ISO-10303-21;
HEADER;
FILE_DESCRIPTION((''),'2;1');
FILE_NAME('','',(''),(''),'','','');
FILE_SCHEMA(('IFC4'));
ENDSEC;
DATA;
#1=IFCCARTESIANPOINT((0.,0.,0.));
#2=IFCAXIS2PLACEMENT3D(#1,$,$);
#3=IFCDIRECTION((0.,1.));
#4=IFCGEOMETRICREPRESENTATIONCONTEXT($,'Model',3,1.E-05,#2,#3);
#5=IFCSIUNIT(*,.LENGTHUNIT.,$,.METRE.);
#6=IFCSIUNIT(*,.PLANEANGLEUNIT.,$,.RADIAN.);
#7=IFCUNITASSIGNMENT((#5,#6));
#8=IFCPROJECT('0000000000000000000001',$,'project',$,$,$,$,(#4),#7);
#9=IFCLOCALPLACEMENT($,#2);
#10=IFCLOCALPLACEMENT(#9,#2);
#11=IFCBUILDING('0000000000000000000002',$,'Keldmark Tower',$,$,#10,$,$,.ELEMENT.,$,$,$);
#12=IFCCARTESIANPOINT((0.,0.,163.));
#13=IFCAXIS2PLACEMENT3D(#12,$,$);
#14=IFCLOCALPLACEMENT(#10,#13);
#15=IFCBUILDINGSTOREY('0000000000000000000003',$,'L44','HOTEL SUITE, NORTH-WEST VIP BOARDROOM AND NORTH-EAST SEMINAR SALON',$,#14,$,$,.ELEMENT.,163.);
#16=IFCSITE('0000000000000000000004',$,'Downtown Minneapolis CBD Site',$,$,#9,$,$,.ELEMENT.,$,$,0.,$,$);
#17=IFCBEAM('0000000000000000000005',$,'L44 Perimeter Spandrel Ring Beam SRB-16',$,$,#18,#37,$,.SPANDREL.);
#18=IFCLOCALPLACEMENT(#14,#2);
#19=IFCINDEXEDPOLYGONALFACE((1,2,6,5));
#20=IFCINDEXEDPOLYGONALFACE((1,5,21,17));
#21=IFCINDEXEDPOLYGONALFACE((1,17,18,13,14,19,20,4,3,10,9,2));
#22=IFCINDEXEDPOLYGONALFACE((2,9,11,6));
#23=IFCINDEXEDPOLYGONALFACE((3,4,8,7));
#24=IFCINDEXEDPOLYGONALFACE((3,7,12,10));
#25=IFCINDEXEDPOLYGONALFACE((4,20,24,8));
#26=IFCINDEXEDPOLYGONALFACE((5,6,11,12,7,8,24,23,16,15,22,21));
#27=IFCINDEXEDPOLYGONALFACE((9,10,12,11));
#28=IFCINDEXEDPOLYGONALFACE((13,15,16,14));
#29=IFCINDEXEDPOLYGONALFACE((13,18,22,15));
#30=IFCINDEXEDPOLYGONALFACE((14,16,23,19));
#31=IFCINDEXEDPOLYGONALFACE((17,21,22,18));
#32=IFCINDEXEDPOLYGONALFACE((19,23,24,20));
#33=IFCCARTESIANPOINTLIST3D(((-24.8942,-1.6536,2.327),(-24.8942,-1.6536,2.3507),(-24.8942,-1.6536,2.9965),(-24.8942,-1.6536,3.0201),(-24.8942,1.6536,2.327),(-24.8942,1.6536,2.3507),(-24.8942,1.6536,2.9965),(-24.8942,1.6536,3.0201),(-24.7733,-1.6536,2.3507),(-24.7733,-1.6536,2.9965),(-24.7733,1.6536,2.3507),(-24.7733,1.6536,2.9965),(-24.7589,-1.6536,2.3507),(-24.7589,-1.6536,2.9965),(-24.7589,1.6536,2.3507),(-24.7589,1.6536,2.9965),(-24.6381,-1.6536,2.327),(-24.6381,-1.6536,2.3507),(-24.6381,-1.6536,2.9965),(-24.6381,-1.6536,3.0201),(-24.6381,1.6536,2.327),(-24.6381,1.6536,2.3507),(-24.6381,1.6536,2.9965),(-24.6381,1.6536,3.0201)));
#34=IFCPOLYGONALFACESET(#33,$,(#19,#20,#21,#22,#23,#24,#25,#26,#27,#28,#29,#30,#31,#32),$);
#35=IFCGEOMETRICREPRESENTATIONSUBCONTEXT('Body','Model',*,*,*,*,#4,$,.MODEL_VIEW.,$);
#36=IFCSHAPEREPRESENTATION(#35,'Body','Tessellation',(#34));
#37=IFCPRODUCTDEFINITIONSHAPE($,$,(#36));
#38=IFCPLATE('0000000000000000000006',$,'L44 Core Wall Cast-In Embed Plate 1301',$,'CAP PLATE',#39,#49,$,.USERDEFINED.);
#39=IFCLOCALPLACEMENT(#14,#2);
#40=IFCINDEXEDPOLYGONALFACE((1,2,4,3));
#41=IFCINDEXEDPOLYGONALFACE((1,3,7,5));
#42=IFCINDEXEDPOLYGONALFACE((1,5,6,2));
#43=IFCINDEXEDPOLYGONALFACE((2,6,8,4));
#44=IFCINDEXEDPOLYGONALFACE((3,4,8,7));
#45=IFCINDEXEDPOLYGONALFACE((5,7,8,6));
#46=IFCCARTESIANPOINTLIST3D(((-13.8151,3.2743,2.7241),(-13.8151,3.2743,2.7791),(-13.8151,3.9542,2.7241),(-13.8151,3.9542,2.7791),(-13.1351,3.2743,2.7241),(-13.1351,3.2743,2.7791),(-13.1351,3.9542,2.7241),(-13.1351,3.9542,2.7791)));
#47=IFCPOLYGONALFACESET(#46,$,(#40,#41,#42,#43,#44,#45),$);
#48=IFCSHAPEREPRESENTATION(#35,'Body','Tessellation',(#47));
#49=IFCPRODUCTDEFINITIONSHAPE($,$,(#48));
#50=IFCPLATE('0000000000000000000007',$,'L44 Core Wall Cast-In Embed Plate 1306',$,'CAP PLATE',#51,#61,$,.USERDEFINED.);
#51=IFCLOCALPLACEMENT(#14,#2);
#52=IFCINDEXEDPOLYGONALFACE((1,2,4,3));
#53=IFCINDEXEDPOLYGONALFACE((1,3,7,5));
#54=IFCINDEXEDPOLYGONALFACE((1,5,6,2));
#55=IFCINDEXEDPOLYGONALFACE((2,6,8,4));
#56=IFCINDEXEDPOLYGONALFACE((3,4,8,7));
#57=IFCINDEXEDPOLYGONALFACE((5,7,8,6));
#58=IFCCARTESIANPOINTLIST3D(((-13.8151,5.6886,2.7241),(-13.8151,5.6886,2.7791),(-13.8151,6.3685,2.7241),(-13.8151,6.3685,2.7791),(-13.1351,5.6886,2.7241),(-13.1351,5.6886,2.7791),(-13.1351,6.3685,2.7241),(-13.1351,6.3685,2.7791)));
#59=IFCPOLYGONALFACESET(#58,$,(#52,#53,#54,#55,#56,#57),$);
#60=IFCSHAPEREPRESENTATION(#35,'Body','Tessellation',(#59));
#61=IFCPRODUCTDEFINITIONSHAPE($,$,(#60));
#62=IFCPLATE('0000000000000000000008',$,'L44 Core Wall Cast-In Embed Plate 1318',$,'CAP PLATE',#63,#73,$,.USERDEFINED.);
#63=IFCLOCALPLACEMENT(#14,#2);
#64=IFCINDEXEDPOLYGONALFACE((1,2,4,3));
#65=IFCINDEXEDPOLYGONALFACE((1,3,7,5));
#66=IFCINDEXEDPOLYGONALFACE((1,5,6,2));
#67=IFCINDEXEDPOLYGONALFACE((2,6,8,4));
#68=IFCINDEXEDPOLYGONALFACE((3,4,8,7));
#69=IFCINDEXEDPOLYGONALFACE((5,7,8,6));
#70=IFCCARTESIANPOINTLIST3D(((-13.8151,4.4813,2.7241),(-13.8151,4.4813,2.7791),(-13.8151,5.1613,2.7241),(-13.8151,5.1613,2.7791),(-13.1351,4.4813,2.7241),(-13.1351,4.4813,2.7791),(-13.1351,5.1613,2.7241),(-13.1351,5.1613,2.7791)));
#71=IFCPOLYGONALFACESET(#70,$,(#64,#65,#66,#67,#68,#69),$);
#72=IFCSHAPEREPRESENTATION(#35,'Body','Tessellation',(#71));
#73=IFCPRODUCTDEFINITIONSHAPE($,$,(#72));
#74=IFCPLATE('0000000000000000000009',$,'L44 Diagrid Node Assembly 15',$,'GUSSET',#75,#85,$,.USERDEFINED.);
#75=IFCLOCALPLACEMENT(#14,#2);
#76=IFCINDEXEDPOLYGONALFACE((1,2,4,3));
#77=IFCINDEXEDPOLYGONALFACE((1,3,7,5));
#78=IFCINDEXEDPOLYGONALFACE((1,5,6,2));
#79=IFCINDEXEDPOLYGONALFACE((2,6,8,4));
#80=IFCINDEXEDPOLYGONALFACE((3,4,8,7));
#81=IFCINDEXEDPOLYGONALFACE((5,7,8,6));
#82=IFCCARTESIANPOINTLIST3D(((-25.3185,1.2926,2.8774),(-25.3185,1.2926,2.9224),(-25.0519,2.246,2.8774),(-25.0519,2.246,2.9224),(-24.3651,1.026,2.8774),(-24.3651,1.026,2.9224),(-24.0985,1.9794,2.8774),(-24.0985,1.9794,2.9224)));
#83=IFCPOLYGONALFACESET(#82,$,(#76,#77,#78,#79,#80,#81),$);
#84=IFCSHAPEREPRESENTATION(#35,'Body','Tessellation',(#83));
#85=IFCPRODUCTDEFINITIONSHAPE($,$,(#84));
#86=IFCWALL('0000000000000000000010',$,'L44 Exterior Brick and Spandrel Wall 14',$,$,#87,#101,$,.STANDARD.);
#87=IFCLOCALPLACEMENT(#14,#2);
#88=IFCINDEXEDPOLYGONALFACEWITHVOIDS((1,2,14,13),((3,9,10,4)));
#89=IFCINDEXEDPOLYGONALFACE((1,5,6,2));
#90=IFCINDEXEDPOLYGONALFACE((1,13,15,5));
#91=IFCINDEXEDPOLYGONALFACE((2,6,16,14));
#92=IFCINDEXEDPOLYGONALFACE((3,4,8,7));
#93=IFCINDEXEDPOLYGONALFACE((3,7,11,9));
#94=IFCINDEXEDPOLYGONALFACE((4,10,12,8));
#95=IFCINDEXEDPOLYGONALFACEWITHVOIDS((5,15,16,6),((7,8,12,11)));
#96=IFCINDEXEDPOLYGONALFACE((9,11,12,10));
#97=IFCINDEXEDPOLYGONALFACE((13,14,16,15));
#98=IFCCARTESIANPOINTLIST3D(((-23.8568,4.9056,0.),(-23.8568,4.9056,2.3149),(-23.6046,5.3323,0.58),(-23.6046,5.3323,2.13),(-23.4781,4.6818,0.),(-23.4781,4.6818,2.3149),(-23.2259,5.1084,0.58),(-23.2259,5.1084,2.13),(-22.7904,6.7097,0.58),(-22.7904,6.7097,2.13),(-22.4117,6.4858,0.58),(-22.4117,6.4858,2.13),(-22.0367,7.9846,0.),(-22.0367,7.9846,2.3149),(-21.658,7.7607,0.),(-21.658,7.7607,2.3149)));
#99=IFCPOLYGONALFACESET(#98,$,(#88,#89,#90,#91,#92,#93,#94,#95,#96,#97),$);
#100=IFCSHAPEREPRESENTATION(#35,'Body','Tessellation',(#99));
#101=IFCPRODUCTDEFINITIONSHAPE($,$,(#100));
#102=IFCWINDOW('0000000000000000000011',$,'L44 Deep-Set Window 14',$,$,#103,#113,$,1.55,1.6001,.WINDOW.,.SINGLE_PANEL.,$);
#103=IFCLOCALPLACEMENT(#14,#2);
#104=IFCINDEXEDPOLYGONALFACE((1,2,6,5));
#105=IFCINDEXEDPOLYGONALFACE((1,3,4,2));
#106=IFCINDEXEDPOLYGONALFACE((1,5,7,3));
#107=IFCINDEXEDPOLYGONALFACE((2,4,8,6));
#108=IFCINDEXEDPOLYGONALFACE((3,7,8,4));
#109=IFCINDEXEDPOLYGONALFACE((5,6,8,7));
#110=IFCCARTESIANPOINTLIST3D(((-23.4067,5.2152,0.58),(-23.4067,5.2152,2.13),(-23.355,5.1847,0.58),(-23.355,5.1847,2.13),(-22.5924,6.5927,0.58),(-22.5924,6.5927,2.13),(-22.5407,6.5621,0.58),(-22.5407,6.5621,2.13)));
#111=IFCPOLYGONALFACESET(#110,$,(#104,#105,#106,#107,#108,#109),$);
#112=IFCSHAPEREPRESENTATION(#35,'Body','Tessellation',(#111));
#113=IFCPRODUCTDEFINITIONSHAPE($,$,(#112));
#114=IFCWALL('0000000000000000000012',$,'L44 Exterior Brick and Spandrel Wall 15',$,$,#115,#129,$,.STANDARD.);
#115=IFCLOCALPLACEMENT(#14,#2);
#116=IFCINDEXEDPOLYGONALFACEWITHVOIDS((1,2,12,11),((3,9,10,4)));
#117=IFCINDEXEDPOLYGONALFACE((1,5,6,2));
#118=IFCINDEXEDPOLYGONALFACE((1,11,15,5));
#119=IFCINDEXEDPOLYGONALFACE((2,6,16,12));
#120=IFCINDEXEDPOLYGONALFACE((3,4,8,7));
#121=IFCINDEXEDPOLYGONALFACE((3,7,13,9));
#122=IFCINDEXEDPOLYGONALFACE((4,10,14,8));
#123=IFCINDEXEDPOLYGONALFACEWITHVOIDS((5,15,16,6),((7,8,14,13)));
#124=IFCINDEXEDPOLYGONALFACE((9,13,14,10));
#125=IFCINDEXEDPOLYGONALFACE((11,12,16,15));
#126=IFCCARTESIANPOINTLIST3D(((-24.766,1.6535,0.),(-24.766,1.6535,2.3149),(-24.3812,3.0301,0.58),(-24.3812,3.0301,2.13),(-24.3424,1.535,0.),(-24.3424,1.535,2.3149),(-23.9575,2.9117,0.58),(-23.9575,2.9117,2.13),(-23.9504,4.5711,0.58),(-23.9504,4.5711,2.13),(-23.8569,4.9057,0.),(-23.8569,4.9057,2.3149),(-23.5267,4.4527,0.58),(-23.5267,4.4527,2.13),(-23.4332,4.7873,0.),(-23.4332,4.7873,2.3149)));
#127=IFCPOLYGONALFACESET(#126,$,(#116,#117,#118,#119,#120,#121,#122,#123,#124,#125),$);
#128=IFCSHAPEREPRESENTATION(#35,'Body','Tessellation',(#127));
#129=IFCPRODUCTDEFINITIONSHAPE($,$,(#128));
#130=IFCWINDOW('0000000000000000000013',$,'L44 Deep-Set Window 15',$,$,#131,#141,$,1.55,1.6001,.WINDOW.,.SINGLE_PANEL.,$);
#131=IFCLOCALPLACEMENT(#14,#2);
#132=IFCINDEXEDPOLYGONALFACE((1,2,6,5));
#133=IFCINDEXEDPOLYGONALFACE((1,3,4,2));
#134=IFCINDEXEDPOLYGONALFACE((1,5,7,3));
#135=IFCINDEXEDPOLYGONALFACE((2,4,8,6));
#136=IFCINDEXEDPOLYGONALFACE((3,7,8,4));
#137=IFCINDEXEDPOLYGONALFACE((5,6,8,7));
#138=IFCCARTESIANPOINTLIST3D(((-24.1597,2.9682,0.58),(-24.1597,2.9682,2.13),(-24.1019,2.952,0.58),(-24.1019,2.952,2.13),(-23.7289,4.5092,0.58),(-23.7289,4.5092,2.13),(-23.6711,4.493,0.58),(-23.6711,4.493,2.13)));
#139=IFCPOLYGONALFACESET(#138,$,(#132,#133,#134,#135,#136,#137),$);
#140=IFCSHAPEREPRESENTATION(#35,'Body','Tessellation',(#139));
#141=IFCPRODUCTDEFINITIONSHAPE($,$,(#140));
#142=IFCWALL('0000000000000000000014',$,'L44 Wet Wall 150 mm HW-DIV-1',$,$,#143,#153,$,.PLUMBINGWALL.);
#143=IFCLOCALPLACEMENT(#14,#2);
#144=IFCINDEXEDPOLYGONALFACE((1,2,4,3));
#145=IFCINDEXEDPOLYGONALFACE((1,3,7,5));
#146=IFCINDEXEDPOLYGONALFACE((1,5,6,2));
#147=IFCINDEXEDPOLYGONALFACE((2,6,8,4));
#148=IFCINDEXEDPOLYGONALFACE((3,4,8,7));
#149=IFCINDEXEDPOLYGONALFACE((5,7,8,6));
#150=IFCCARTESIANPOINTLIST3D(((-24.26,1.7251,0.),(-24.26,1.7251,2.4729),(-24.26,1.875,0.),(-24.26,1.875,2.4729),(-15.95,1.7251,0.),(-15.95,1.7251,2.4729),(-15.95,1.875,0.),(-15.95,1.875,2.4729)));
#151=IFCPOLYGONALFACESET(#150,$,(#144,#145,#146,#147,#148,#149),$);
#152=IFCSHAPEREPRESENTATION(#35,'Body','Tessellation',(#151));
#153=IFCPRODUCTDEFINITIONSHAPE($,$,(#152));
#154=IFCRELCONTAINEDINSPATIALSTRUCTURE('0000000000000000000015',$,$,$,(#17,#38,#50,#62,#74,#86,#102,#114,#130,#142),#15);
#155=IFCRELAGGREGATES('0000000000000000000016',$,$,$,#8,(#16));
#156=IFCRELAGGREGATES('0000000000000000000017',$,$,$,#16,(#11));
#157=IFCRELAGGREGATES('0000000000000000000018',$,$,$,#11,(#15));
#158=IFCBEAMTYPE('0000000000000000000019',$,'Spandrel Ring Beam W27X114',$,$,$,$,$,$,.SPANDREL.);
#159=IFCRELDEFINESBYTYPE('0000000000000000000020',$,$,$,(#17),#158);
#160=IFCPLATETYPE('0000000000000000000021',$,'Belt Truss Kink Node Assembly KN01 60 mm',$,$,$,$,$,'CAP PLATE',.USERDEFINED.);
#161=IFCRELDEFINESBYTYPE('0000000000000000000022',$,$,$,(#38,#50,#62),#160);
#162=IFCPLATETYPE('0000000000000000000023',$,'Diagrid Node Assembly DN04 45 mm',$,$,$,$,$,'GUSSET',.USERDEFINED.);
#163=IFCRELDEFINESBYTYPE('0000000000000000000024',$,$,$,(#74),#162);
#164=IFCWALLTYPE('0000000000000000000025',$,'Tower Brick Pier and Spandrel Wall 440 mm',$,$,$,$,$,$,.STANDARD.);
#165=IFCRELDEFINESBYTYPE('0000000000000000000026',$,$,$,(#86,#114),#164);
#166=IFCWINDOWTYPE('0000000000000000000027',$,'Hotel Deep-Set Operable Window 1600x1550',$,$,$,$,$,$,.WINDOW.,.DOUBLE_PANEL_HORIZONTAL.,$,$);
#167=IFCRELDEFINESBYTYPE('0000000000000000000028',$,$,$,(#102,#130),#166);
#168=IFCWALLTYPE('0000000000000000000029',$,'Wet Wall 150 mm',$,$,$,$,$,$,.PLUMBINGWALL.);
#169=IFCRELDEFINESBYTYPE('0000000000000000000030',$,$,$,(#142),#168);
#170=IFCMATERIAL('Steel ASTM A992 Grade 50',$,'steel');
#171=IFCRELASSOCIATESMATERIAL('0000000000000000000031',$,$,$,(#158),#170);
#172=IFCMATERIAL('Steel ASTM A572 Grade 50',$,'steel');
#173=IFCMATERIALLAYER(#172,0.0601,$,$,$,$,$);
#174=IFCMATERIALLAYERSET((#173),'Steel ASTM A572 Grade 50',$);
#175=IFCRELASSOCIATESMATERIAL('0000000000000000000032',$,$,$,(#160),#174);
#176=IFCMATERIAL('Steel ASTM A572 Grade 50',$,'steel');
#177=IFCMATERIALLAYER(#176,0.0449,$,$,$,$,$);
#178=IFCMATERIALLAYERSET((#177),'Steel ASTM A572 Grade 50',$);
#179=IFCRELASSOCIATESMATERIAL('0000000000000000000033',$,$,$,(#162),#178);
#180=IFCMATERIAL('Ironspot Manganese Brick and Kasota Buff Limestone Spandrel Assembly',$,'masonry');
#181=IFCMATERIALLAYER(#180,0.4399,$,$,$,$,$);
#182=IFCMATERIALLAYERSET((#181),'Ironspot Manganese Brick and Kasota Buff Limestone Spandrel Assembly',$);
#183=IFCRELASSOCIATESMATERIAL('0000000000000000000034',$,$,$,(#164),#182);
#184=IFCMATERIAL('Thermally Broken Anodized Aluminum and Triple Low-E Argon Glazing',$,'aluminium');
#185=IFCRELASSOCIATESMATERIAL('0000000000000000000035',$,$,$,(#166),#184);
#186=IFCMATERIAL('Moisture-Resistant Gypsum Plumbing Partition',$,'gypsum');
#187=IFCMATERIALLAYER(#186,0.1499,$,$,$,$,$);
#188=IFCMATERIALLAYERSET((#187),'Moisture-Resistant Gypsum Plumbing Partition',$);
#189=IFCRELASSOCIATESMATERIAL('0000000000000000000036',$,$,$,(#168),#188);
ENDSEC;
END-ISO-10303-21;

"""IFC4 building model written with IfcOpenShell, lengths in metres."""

from ifc_helpers import new_model, si_unit, direction, frame, frame_2d, origin, origin_2d, place, context, subcontext, project, spatial, rectangle, i_section, extrude, material, layer, layer_set, material_profile, profile_set, type_object, element, fill, save


model = new_model("IFC4")

# Units and contexts
model_context = context("Model", 3, precision=1e-05, world=origin(), true_north=direction((0.0, 1.0)))
body_context = subcontext(model_context, "Body", "Model", "MODEL_VIEW")
ifc_project = project(units=[si_unit("LENGTHUNIT", "METRE"), si_unit("PLANEANGLEUNIT", "RADIAN")], contexts=[model_context])

# Site, building, storey
site_placement = place(None, origin())
site = spatial("IfcSite", under=ifc_project, at=site_placement, Name="Downtown Minneapolis CBD Site", CompositionType="ELEMENT", RefElevation=0.0)
building_placement = place(site_placement, origin())
building = spatial("IfcBuilding", under=site, at=building_placement, Name="Keldmark Tower", CompositionType="ELEMENT")
storey_placement = place(building_placement, frame((0.0, 0.0, 163.0)))
storey = spatial("IfcBuildingStorey", under=building, at=storey_placement, Name="L44", Description="HOTEL SUITE, NORTH-WEST VIP BOARDROOM AND NORTH-EAST SEMINAR SALON", CompositionType="ELEMENT", Elevation=163.0)

# Beam
ifc_material_1 = material(Name="Steel ASTM A992 Grade 50", Category="steel")
ifc_material_profile_1 = material_profile(ifc_material_1, i_section(OverallWidth=0.2561, OverallDepth=0.6931, WebThickness=0.0144, FlangeThickness=0.0237, at=origin_2d()), Name="W27X114")
ifc_profile_set_1 = profile_set([ifc_material_profile_1], Name="Steel ASTM A992 Grade 50")
beam_type_1 = type_object("IfcBeamType", Name="Spandrel Ring Beam W27X114", PredefinedType="SPANDREL", material=ifc_profile_set_1)
beam_1_placement = place(storey_placement, frame((-24.7661, 1.6536, 2.6736), z_axis=(0.0, -1.0, 0.0), x_axis=(1.0, 0.0, 0.0)))
element("IfcBeam", 1, at=beam_1_placement, inside=storey, type_object=beam_type_1, Name="L44 Perimeter Spandrel Ring Beam SRB-16", PredefinedType="SPANDREL", context=body_context, shape_type="SweptSolid", body=[
    extrude(i_section(OverallWidth=0.2561, OverallDepth=0.6931, WebThickness=0.0144, FlangeThickness=0.0237, at=origin_2d()), origin(), (0.0, 0.0, 1.0), 3.3071),
])

# Plates
ifc_material_2 = material(Name="Steel ASTM A572 Grade 50", Category="steel")
ifc_layer_1 = layer(ifc_material_2, 0.0601)
ifc_layer_set_1 = layer_set([ifc_layer_1], Name="Steel ASTM A572 Grade 50")
plate_type_1 = type_object("IfcPlateType", Name="Belt Truss Kink Node Assembly KN01 60 mm", ElementType="CAP PLATE", PredefinedType="USERDEFINED", material=ifc_layer_set_1)
for number, where, z_axis, x_axis, name in (
    (2, (-13.4751, 3.6143, 2.7241), (0.0, 0.0, 1.0), (1.0, 0.0, 0.0), "L44 Core Wall Cast-In Embed Plate 1301"),
    (3, (-13.4751, 6.0286, 2.7241), (0.0, 0.0, 1.0), (1.0, 0.0, 0.0), "L44 Core Wall Cast-In Embed Plate 1306"),
    (4, (-13.4751, 4.8213, 2.7241), (0.0, 0.0, 1.0), (1.0, 0.0, 0.0), "L44 Core Wall Cast-In Embed Plate 1318"),
):
    element("IfcPlate", number, at=place(storey_placement, frame(where, z_axis=z_axis, x_axis=x_axis)), inside=storey, type_object=plate_type_1, Name=name, ObjectType="CAP PLATE", PredefinedType="USERDEFINED", context=body_context, shape_type="SweptSolid", body=[
        extrude(rectangle(XDim=0.6799, YDim=0.6799, at=origin_2d()), origin(), (0.0, 0.0, 1.0), 0.0549),
    ])
ifc_material_3 = material(Name="Steel ASTM A572 Grade 50", Category="steel")
ifc_layer_2 = layer(ifc_material_3, 0.0449)
ifc_layer_set_2 = layer_set([ifc_layer_2], Name="Steel ASTM A572 Grade 50")
plate_type_2 = type_object("IfcPlateType", Name="Diagrid Node Assembly DN04 45 mm", ElementType="GUSSET", PredefinedType="USERDEFINED", material=ifc_layer_set_2)
plate_placement = place(storey_placement, frame((-24.7085, 1.636, 2.8774), z_axis=(0.0, 0.0, 1.0), x_axis=(-0.269256, -0.963069, 0.0)))
element("IfcPlate", 5, at=plate_placement, inside=storey, type_object=plate_type_2, Name="L44 Diagrid Node Assembly 15", ObjectType="GUSSET", PredefinedType="USERDEFINED", context=body_context, shape_type="SweptSolid", body=[
    extrude(rectangle(XDim=0.99, YDim=0.99, at=origin_2d()), origin(), (0.0, 0.0, 1.0), 0.0449),
])

# Walls, openings, windows
ifc_material_4 = material(Name="Ironspot Manganese Brick and Kasota Buff Limestone Spandrel Assembly", Category="masonry")
ifc_layer_3 = layer(ifc_material_4, 0.4399)
ifc_layer_set_3 = layer_set([ifc_layer_3], Name="Ironspot Manganese Brick and Kasota Buff Limestone Spandrel Assembly")
wall_type_1 = type_object("IfcWallType", Name="Tower Brick Pier and Spandrel Wall 440 mm", PredefinedType="STANDARD", material=ifc_layer_set_3)
wall_1_placement = place(storey_placement, frame((-23.6675, 4.7937, 0.0), z_axis=(0.0, 0.0, 1.0), x_axis=(0.508883, 0.860835, 0.0)))
wall_1 = element("IfcWall", 6, at=wall_1_placement, inside=storey, type_object=wall_type_1, Name="L44 Exterior Brick and Spandrel Wall 14", PredefinedType="STANDARD", context=body_context, shape_type="SweptSolid", body=[
    extrude(rectangle(XDim=3.5767, YDim=0.4399, at=frame_2d((1.7883, 0.0))), origin(), (0.0, 0.0, 1.0), 2.3149),
])
opening_1_placement = place(wall_1_placement, frame((0.4956, 0.0, 0.5801)))
opening_1 = element("IfcOpeningElement", 7, at=opening_1_placement, cuts=wall_1, PredefinedType="OPENING", context=body_context, shape_type="SweptSolid", body=[
    extrude(rectangle(XDim=1.6001, YDim=1.55, at=frame_2d((0.8, 0.7749))), frame((0.0, 0.23, 0.0), z_axis=(0.0, -1.0, 0.0), x_axis=(1.0, 0.0, 0.0)), (0.0, 0.0, 1.0), 0.46),
])
ifc_material_5 = material(Name="Thermally Broken Anodized Aluminum and Triple Low-E Argon Glazing", Category="aluminium")
window_type = type_object("IfcWindowType", Name="Hotel Deep-Set Operable Window 1600x1550", PartitioningType="DOUBLE_PANEL_HORIZONTAL", PredefinedType="WINDOW", material=ifc_material_5)
window_1_placement = place(opening_1_placement, origin())
window_1 = element("IfcWindow", 8, at=window_1_placement, inside=storey, type_object=window_type, Name="L44 Deep-Set Window 14", OverallHeight=1.55, OverallWidth=1.6001, PartitioningType="SINGLE_PANEL", PredefinedType="WINDOW", context=body_context, shape_type="SweptSolid", body=[
    extrude(rectangle(XDim=1.6001, YDim=1.55, at=frame_2d((0.8, 0.7749))), frame((0.0, -0.01, 0.0), z_axis=(0.0, -1.0, 0.0), x_axis=(1.0, 0.0, 0.0)), (0.0, 0.0, 1.0), 0.0601),
])
fill(opening_1, window_1)
wall_2_placement = place(storey_placement, frame((-24.5542, 1.5942, 0.0), z_axis=(0.0, 0.0, 1.0), x_axis=(0.269236, 0.963074, 0.0)))
wall_2 = element("IfcWall", 9, at=wall_2_placement, inside=storey, type_object=wall_type_1, Name="L44 Exterior Brick and Spandrel Wall 15", PredefinedType="STANDARD", context=body_context, shape_type="SweptSolid", body=[
    extrude(rectangle(XDim=3.377, YDim=0.4399, at=frame_2d((1.6885, 0.0))), origin(), (0.0, 0.0, 1.0), 2.3149),
])
opening_2_placement = place(wall_2_placement, frame((1.4294, 0.0, 0.5801)))
opening_2 = element("IfcOpeningElement", 10, at=opening_2_placement, cuts=wall_2, PredefinedType="OPENING", context=body_context, shape_type="SweptSolid", body=[
    extrude(rectangle(XDim=1.6001, YDim=1.55, at=frame_2d((0.8, 0.7749))), frame((0.0, 0.23, 0.0), z_axis=(0.0, -1.0, 0.0), x_axis=(1.0, 0.0, 0.0)), (0.0, 0.0, 1.0), 0.46),
])
window_2_placement = place(opening_2_placement, origin())
window_2 = element("IfcWindow", 11, at=window_2_placement, inside=storey, type_object=window_type, Name="L44 Deep-Set Window 15", OverallHeight=1.55, OverallWidth=1.6001, PartitioningType="SINGLE_PANEL", PredefinedType="WINDOW", context=body_context, shape_type="SweptSolid", body=[
    extrude(rectangle(XDim=1.6001, YDim=1.55, at=frame_2d((0.8, 0.7749))), frame((0.0, -0.01, 0.0), z_axis=(0.0, -1.0, 0.0), x_axis=(1.0, 0.0, 0.0)), (0.0, 0.0, 1.0), 0.0601),
])
fill(opening_2, window_2)

# Wall
ifc_material_6 = material(Name="Moisture-Resistant Gypsum Plumbing Partition", Category="gypsum")
ifc_layer_4 = layer(ifc_material_6, 0.1499)
ifc_layer_set_4 = layer_set([ifc_layer_4], Name="Moisture-Resistant Gypsum Plumbing Partition")
wall_type_2 = type_object("IfcWallType", Name="Wet Wall 150 mm", PredefinedType="PLUMBINGWALL", material=ifc_layer_set_4)
wall_3_placement = place(storey_placement, frame((-24.26, 1.8, 0.0), z_axis=(0.0, 0.0, 1.0), x_axis=(1.0, 0.0, 0.0)))
element("IfcWall", 12, at=wall_3_placement, inside=storey, type_object=wall_type_2, Name="L44 Wet Wall 150 mm HW-DIV-1", PredefinedType="PLUMBINGWALL", context=body_context, shape_type="SweptSolid", body=[
    extrude(rectangle(XDim=8.3101, YDim=0.1499, at=frame_2d((4.155, 0.0))), origin(), (0.0, 0.0, 1.0), 2.4729),
])

save(model, "model.ifc")
